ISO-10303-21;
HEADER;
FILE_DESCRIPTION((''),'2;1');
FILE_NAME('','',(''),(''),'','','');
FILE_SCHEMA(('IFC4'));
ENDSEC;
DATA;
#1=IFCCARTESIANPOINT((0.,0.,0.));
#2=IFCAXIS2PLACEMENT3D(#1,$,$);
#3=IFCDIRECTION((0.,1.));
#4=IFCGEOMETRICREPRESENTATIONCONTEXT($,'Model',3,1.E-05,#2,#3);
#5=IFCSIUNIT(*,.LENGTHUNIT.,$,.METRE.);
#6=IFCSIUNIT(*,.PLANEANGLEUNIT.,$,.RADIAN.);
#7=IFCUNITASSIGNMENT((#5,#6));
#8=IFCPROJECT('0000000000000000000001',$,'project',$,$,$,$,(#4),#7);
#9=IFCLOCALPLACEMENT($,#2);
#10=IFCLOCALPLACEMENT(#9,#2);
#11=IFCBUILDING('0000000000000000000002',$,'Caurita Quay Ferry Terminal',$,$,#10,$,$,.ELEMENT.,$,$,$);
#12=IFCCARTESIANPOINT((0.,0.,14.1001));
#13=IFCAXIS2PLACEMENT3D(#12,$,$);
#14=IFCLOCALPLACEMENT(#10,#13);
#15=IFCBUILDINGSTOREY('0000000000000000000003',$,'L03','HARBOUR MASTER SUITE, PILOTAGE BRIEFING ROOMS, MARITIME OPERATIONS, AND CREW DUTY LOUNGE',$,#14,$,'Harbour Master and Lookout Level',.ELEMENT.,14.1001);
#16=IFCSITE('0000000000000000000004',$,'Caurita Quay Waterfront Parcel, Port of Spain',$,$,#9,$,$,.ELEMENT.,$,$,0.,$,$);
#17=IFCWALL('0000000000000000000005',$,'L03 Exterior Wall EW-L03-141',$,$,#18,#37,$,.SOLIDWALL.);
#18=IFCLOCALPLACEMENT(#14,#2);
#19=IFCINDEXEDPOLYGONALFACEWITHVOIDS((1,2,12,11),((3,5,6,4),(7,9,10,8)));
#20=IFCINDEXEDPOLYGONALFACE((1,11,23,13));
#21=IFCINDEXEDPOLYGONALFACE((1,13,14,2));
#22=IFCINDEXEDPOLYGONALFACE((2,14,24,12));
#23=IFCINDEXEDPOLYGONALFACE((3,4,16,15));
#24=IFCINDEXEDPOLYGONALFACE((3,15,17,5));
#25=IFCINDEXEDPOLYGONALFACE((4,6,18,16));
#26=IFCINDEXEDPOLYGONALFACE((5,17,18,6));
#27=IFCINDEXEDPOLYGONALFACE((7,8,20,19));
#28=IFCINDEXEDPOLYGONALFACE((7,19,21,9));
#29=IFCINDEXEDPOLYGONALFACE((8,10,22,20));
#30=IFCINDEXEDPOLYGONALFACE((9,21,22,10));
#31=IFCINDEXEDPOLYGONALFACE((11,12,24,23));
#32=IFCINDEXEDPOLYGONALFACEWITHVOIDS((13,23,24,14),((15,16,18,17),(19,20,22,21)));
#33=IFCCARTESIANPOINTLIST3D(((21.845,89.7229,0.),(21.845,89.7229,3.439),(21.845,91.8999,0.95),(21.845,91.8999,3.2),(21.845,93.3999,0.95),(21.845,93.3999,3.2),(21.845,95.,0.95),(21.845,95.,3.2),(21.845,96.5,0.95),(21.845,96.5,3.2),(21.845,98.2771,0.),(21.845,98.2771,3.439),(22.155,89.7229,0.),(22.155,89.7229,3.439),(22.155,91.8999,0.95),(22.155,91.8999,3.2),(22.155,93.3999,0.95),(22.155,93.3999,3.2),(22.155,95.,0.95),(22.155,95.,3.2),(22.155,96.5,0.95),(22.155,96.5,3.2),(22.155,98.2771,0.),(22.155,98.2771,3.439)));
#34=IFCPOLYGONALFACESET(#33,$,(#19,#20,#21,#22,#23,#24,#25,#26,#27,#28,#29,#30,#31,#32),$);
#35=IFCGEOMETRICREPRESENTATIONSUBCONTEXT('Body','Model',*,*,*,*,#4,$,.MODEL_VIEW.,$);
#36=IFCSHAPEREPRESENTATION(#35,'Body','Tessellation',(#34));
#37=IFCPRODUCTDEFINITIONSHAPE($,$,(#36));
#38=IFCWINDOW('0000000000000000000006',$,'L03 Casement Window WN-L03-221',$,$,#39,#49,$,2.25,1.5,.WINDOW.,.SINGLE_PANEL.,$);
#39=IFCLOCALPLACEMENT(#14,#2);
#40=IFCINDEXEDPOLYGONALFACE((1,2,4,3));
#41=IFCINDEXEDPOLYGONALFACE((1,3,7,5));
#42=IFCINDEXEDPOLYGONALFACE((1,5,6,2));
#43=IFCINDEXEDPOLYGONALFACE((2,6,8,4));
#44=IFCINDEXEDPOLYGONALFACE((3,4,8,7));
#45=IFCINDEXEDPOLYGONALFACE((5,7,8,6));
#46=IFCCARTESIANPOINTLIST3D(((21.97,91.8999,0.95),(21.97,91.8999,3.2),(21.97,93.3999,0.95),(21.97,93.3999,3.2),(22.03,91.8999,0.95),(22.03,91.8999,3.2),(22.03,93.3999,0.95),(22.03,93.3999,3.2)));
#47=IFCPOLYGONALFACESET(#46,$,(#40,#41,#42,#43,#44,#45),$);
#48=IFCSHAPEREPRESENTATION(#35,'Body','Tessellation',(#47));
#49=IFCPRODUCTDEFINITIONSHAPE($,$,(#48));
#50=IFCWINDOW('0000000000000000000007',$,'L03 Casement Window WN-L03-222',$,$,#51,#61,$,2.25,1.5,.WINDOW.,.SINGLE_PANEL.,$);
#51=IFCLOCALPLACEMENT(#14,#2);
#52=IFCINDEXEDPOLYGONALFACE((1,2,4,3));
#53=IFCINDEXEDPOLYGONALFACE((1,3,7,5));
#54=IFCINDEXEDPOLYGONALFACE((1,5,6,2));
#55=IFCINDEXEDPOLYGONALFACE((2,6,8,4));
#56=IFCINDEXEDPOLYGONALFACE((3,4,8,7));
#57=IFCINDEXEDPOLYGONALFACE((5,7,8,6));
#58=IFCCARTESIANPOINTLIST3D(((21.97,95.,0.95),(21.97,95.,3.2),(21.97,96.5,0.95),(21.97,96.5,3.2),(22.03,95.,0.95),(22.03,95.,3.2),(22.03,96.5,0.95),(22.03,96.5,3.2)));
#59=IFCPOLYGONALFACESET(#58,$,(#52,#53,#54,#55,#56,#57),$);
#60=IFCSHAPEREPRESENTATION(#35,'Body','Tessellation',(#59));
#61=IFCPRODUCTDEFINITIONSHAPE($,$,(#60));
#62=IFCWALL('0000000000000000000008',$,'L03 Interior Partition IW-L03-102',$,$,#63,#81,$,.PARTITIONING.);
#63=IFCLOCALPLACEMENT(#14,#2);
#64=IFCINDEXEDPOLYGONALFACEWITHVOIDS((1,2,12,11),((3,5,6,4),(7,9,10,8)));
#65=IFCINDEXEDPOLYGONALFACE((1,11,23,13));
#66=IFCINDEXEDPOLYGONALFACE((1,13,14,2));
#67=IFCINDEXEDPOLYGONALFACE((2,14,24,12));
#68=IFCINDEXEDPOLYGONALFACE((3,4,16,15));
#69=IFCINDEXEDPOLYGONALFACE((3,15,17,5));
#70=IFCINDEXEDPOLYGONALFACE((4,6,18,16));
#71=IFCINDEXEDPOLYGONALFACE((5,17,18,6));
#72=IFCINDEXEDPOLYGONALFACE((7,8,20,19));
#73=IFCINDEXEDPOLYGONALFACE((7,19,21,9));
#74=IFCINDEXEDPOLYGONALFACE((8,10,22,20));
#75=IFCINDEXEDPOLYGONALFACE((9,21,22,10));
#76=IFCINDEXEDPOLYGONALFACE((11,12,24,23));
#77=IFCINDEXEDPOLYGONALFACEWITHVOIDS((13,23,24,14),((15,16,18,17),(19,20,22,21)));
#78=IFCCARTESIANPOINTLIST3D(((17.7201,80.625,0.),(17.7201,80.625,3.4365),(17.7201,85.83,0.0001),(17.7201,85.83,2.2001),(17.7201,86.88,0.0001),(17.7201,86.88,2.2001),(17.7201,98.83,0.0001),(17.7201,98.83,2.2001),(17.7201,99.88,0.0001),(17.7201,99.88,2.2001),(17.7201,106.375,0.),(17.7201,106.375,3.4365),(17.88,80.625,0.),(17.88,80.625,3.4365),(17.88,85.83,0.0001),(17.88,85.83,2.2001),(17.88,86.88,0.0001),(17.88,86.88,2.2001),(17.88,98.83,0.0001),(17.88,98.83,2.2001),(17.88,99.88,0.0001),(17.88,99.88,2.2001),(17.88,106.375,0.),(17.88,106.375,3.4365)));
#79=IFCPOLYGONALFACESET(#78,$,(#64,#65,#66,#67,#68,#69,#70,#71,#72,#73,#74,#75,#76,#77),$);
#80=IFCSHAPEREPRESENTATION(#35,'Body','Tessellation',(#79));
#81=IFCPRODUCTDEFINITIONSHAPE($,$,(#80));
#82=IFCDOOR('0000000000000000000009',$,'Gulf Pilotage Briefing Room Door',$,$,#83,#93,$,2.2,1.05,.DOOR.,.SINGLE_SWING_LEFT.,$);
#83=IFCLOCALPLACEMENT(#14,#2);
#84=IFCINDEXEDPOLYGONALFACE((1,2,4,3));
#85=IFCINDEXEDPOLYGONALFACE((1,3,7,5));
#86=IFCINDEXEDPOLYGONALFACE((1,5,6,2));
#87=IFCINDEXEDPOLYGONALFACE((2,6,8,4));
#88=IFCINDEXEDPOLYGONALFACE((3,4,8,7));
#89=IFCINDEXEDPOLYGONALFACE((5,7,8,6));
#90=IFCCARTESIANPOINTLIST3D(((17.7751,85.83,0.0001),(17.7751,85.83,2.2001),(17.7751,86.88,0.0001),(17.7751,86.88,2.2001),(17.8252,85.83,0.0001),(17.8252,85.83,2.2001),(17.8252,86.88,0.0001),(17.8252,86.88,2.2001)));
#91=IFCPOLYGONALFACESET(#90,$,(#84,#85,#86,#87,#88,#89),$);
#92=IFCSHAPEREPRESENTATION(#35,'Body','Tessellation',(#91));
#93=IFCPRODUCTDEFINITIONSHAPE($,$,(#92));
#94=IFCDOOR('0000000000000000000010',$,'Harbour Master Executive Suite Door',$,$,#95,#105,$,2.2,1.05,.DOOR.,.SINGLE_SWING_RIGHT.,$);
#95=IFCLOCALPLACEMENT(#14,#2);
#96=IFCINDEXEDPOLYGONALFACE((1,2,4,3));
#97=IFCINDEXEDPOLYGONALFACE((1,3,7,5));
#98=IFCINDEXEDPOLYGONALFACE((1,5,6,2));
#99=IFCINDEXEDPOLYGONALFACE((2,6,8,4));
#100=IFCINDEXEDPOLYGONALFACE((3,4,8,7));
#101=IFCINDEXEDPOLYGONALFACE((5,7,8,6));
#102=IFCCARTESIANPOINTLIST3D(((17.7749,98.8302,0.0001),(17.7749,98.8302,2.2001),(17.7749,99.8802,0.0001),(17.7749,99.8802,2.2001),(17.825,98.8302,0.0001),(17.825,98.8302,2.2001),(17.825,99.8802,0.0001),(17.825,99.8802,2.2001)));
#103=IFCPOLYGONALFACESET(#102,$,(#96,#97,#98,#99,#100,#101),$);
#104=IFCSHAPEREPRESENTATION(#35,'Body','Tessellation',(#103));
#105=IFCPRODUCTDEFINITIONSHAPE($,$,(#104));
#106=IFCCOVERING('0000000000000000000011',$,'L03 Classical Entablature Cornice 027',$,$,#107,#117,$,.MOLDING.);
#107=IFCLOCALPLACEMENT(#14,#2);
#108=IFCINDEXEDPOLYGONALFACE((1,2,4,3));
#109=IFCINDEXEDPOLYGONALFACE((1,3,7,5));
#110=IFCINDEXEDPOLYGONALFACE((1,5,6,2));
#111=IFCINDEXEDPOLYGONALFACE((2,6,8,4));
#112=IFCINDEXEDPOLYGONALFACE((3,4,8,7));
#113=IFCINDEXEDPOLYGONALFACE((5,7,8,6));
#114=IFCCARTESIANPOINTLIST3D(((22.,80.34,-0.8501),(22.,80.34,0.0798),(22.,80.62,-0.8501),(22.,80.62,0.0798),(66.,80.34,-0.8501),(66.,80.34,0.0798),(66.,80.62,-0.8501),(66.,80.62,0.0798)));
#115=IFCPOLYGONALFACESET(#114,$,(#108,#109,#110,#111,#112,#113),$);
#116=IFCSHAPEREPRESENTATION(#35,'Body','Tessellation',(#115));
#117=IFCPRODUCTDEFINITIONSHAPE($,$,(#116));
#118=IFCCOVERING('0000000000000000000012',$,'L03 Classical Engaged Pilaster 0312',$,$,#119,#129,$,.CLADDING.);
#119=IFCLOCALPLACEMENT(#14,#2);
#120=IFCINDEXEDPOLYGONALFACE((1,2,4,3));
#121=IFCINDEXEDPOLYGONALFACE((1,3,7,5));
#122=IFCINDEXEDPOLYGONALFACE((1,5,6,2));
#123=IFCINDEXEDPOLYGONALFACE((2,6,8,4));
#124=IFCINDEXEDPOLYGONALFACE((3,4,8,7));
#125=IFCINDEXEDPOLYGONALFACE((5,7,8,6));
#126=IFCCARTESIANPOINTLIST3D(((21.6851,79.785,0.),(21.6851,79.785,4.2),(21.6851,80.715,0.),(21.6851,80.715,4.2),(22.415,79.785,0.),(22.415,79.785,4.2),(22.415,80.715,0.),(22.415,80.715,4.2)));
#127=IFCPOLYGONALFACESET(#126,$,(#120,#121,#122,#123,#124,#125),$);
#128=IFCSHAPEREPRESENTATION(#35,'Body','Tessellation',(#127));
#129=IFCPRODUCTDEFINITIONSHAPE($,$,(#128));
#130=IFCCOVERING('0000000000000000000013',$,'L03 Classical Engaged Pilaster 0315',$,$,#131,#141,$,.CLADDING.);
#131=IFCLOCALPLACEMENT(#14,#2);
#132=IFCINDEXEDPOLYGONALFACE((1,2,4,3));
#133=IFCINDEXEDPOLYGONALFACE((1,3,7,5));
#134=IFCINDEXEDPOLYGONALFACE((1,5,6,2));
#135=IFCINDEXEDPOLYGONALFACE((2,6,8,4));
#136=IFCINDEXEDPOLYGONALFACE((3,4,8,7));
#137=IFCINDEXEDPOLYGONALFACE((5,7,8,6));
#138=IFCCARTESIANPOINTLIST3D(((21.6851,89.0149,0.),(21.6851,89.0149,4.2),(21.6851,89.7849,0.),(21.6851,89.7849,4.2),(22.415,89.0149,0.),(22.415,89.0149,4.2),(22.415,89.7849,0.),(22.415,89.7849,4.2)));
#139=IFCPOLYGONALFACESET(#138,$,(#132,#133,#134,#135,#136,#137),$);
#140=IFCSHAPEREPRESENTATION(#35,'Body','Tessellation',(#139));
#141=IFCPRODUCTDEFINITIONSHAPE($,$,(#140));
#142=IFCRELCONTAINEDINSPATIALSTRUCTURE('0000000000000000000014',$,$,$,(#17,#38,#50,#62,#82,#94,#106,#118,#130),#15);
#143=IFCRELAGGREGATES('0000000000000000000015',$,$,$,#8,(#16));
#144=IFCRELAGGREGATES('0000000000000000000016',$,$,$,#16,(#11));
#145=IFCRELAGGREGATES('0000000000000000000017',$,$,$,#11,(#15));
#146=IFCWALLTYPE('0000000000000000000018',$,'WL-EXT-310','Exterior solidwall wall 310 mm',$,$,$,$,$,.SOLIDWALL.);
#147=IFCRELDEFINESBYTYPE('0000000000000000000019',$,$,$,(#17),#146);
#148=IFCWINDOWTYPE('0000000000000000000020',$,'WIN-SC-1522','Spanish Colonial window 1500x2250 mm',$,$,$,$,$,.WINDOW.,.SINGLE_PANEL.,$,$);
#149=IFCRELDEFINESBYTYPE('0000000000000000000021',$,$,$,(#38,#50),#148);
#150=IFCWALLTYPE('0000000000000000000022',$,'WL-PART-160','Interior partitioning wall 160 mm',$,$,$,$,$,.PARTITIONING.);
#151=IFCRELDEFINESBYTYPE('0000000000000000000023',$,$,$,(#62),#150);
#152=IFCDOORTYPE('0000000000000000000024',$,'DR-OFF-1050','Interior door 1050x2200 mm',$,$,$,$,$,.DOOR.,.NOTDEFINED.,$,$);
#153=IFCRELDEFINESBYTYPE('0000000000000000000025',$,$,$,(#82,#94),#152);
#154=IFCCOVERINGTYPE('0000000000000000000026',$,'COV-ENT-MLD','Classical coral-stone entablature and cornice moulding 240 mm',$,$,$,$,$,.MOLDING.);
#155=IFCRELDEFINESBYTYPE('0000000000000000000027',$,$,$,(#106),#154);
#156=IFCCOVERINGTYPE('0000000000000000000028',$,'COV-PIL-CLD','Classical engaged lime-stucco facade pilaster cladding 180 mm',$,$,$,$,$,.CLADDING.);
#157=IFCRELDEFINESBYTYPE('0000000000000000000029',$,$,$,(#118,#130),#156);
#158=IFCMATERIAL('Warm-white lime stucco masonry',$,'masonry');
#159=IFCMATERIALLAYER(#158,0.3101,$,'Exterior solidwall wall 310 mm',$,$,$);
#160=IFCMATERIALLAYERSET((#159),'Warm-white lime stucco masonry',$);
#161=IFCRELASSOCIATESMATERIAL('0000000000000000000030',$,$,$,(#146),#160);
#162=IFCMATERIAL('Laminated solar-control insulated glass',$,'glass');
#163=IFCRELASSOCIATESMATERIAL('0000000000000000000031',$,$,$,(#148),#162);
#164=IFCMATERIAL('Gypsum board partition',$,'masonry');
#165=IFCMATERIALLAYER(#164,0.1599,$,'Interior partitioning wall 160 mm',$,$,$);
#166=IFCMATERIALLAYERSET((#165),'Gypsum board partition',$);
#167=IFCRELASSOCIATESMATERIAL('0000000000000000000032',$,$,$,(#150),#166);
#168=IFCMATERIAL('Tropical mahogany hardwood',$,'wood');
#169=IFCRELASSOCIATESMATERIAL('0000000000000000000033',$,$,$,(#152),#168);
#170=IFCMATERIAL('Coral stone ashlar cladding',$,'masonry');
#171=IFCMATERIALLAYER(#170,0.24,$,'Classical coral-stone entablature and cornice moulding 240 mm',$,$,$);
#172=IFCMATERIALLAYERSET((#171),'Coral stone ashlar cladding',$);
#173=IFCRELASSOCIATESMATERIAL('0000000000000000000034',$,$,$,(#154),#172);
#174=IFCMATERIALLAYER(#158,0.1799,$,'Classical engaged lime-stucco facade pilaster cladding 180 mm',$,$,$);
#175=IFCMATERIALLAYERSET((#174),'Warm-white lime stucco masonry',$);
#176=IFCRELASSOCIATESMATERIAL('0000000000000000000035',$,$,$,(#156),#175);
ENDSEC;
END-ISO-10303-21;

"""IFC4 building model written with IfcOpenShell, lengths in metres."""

from ifc_helpers import new_model, si_unit, direction, frame, frame_2d, origin, origin_2d, place, context, subcontext, project, spatial, rectangle, extrude, material, layer, layer_set, type_object, element, fill, save


model = new_model("IFC4")

# Units and contexts
model_context = context("Model", 3, precision=1e-05, world=origin(), true_north=direction((0.0, 1.0)))
body_context = subcontext(model_context, "Body", "Model", "MODEL_VIEW")
ifc_project = project(units=[si_unit("LENGTHUNIT", "METRE"), si_unit("PLANEANGLEUNIT", "RADIAN")], contexts=[model_context])

# Site, building, storey
site_placement = place(None, origin())
site = spatial("IfcSite", under=ifc_project, at=site_placement, Name="Caurita Quay Waterfront Parcel, Port of Spain", CompositionType="ELEMENT", RefElevation=0.0)
building_placement = place(site_placement, origin())
building = spatial("IfcBuilding", under=site, at=building_placement, Name="Caurita Quay Ferry Terminal", CompositionType="ELEMENT")
storey_placement = place(building_placement, frame((0.0, 0.0, 14.1001)))
storey = spatial("IfcBuildingStorey", under=building, at=storey_placement, Name="L03", Description="HARBOUR MASTER SUITE, PILOTAGE BRIEFING ROOMS, MARITIME OPERATIONS, AND CREW DUTY LOUNGE", LongName="Harbour Master and Lookout Level", CompositionType="ELEMENT", Elevation=14.1001)

# Shared definitions
ifc_material_1 = material(Name="Warm-white lime stucco masonry", Category="masonry")

# Wall, openings, windows
ifc_layer_1 = layer(ifc_material_1, 0.3101, Name="Exterior solidwall wall 310 mm")
ifc_layer_set_1 = layer_set([ifc_layer_1], Name="Warm-white lime stucco masonry")
wall_type_1 = type_object("IfcWallType", Name="WL-EXT-310", Description="Exterior solidwall wall 310 mm", PredefinedType="SOLIDWALL", material=ifc_layer_set_1)
ifc_material_2 = material(Name="Laminated solar-control insulated glass", Category="glass")
window_type = type_object("IfcWindowType", Name="WIN-SC-1522", Description="Spanish Colonial window 1500x2250 mm", PartitioningType="SINGLE_PANEL", PredefinedType="WINDOW", material=ifc_material_2)
wall_1_placement = place(storey_placement, frame((22.0, 89.7229, 0.0), z_axis=(0.0, 0.0, 1.0), x_axis=(0.0, 1.0, 0.0)))
wall_1 = element("IfcWall", 1, at=wall_1_placement, inside=storey, type_object=wall_type_1, Name="L03 Exterior Wall EW-L03-141", PredefinedType="SOLIDWALL", context=body_context, shape_type="SweptSolid", body=[
    extrude(rectangle(XDim=8.5542, YDim=0.3101, at=frame_2d((4.2771, 0.0))), origin(), (0.0, 0.0, 1.0), 3.439),
])
opening_1_placement = place(wall_1_placement, frame((2.177, 0.0, 0.95)))
opening_1 = element("IfcOpeningElement", 2, at=opening_1_placement, cuts=wall_1, PredefinedType="OPENING", context=body_context, shape_type="SweptSolid", body=[
    extrude(rectangle(XDim=1.5, YDim=2.25, at=frame_2d((0.75, 1.125))), frame((0.0, 0.165, 0.0), z_axis=(0.0, -1.0, 0.0), x_axis=(1.0, 0.0, 0.0)), (0.0, 0.0, 1.0), 0.3301),
])
opening_2_placement = place(wall_1_placement, frame((5.2771, 0.0, 0.95)))
opening_2 = element("IfcOpeningElement", 3, at=opening_2_placement, cuts=wall_1, PredefinedType="OPENING", context=body_context, shape_type="SweptSolid", body=[
    extrude(rectangle(XDim=1.5, YDim=2.25, at=frame_2d((0.75, 1.125))), frame((0.0, 0.165, 0.0), z_axis=(0.0, -1.0, 0.0), x_axis=(1.0, 0.0, 0.0)), (0.0, 0.0, 1.0), 0.3301),
])
window_1_placement = place(opening_1_placement, origin())
window_1 = element("IfcWindow", 4, at=window_1_placement, inside=storey, type_object=window_type, Name="L03 Casement Window WN-L03-221", OverallHeight=2.25, OverallWidth=1.5, PartitioningType="SINGLE_PANEL", PredefinedType="WINDOW", context=body_context, shape_type="SweptSolid", body=[
    extrude(rectangle(XDim=1.5, YDim=2.25, at=frame_2d((0.75, 1.125))), frame((0.0, 0.03, 0.0), z_axis=(0.0, -1.0, 0.0), x_axis=(1.0, 0.0, 0.0)), (0.0, 0.0, 1.0), 0.0601),
])
fill(opening_1, window_1)
window_2_placement = place(opening_2_placement, origin())
window_2 = element("IfcWindow", 5, at=window_2_placement, inside=storey, type_object=window_type, Name="L03 Casement Window WN-L03-222", OverallHeight=2.25, OverallWidth=1.5, PartitioningType="SINGLE_PANEL", PredefinedType="WINDOW", context=body_context, shape_type="SweptSolid", body=[
    extrude(rectangle(XDim=1.5, YDim=2.25, at=frame_2d((0.75, 1.125))), frame((0.0, 0.03, 0.0), z_axis=(0.0, -1.0, 0.0), x_axis=(1.0, 0.0, 0.0)), (0.0, 0.0, 1.0), 0.0601),
])
fill(opening_2, window_2)

# Wall, openings, doors
ifc_material_3 = material(Name="Gypsum board partition", Category="masonry")
ifc_layer_2 = layer(ifc_material_3, 0.1599, Name="Interior partitioning wall 160 mm")
ifc_layer_set_2 = layer_set([ifc_layer_2], Name="Gypsum board partition")
wall_type_2 = type_object("IfcWallType", Name="WL-PART-160", Description="Interior partitioning wall 160 mm", PredefinedType="PARTITIONING", material=ifc_layer_set_2)
wall_2_placement = place(storey_placement, frame((17.8, 80.625, 0.0), z_axis=(0.0, 0.0, 1.0), x_axis=(0.0, 1.0, 0.0)))
wall_2 = element("IfcWall", 6, at=wall_2_placement, inside=storey, type_object=wall_type_2, Name="L03 Interior Partition IW-L03-102", PredefinedType="PARTITIONING", context=body_context, shape_type="SweptSolid", body=[
    extrude(rectangle(XDim=25.75, YDim=0.1599, at=frame_2d((12.875, 0.0))), origin(), (0.0, 0.0, 1.0), 3.4365),
])
opening_3_placement = place(wall_2_placement, frame((5.2051, 0.0, 0.0)))
opening_3 = element("IfcOpeningElement", 7, at=opening_3_placement, cuts=wall_2, PredefinedType="OPENING", context=body_context, shape_type="SweptSolid", body=[
    extrude(rectangle(XDim=1.05, YDim=2.2, at=frame_2d((0.5249, 1.1001))), frame((0.0, 0.0898, 0.0), z_axis=(0.0, -1.0, 0.0), x_axis=(1.0, 0.0, 0.0)), (0.0, 0.0, 1.0), 0.1799),
])
opening_4_placement = place(wall_2_placement, frame((18.2051, 0.0, 0.0)))
opening_4 = element("IfcOpeningElement", 8, at=opening_4_placement, cuts=wall_2, PredefinedType="OPENING", context=body_context, shape_type="SweptSolid", body=[
    extrude(rectangle(XDim=1.05, YDim=2.2, at=frame_2d((0.5249, 1.1001))), frame((0.0, 0.0898, 0.0), z_axis=(0.0, -1.0, 0.0), x_axis=(1.0, 0.0, 0.0)), (0.0, 0.0, 1.0), 0.1799),
])
ifc_material_4 = material(Name="Tropical mahogany hardwood", Category="wood")
door_type_1 = type_object("IfcDoorType", Name="DR-OFF-1050", Description="Interior door 1050x2200 mm", OperationType="NOTDEFINED", PredefinedType="DOOR", material=ifc_material_4)
door_1_placement = place(opening_3_placement, origin())
door_1 = element("IfcDoor", 9, at=door_1_placement, inside=storey, type_object=door_type_1, Name="Gulf Pilotage Briefing Room Door", OperationType="SINGLE_SWING_LEFT", OverallHeight=2.2, OverallWidth=1.05, PredefinedType="DOOR", context=body_context, shape_type="SweptSolid", body=[
    extrude(rectangle(XDim=1.05, YDim=2.2, at=frame_2d((0.5249, 1.1001))), frame((0.0, 0.0249, 0.0), z_axis=(0.0, -1.0, 0.0), x_axis=(1.0, 0.0, 0.0)), (0.0, 0.0, 1.0), 0.05),
])
fill(opening_3, door_1)
door_2_placement = place(opening_4_placement, frame((1.05, 0.0, 0.0), z_axis=(0.0, 0.0, 1.0), x_axis=(-1.0, 0.0, 0.0)))
door_2 = element("IfcDoor", 10, at=door_2_placement, inside=storey, type_object=door_type_1, Name="Harbour Master Executive Suite Door", OperationType="SINGLE_SWING_RIGHT", OverallHeight=2.2, OverallWidth=1.05, PredefinedType="DOOR", context=body_context, shape_type="SweptSolid", body=[
    extrude(rectangle(XDim=1.05, YDim=2.2, at=frame_2d((0.5249, 1.1001))), frame((0.0, 0.0249, 0.0), z_axis=(0.0, -1.0, 0.0), x_axis=(1.0, 0.0, 0.0)), (0.0, 0.0, 1.0), 0.05),
])
fill(opening_4, door_2)

# Coverings
ifc_material_5 = material(Name="Coral stone ashlar cladding", Category="masonry")
ifc_layer_3 = layer(ifc_material_5, 0.24, Name="Classical coral-stone entablature and cornice moulding 240 mm")
ifc_layer_set_3 = layer_set([ifc_layer_3], Name="Coral stone ashlar cladding")
covering_type_1 = type_object("IfcCoveringType", Name="COV-ENT-MLD", Description="Classical coral-stone entablature and cornice moulding 240 mm", PredefinedType="MOLDING", material=ifc_layer_set_3)
covering_1_placement = place(storey_placement, frame((22.0, 80.48, -0.8501), z_axis=(0.0, 0.0, 1.0), x_axis=(1.0, 0.0, 0.0)))
element("IfcCovering", 11, at=covering_1_placement, inside=storey, type_object=covering_type_1, Name="L03 Classical Entablature Cornice 027", PredefinedType="MOLDING", context=body_context, shape_type="SweptSolid", body=[
    extrude(rectangle(XDim=44.0, YDim=0.28, at=frame_2d((22.0, 0.0))), origin(), (0.0, 0.0, 1.0), 0.9299),
])
ifc_layer_4 = layer(ifc_material_1, 0.1799, Name="Classical engaged lime-stucco facade pilaster cladding 180 mm")
ifc_layer_set_4 = layer_set([ifc_layer_4], Name="Warm-white lime stucco masonry")
covering_type_2 = type_object("IfcCoveringType", Name="COV-PIL-CLD", Description="Classical engaged lime-stucco facade pilaster cladding 180 mm", PredefinedType="CLADDING", material=ifc_layer_set_4)
covering_2_placement = place(storey_placement, frame((22.05, 80.25, 0.0), z_axis=(0.0, 0.0, 1.0), x_axis=(1.0, 0.0, 0.0)))
element("IfcCovering", 12, at=covering_2_placement, inside=storey, type_object=covering_type_2, Name="L03 Classical Engaged Pilaster 0312", PredefinedType="CLADDING", context=body_context, shape_type="SweptSolid", body=[
    extrude(rectangle(XDim=0.73, YDim=0.9299, at=origin_2d()), origin(), (0.0, 0.0, 1.0), 4.2),
])
covering_3_placement = place(storey_placement, frame((22.05, 89.3999, 0.0), z_axis=(0.0, 0.0, 1.0), x_axis=(1.0, 0.0, 0.0)))
element("IfcCovering", 13, at=covering_3_placement, inside=storey, type_object=covering_type_2, Name="L03 Classical Engaged Pilaster 0315", PredefinedType="CLADDING", context=body_context, shape_type="SweptSolid", body=[
    extrude(rectangle(XDim=0.73, YDim=0.77, at=origin_2d()), origin(), (0.0, 0.0, 1.0), 4.2),
])

save(model, "model.ifc")
